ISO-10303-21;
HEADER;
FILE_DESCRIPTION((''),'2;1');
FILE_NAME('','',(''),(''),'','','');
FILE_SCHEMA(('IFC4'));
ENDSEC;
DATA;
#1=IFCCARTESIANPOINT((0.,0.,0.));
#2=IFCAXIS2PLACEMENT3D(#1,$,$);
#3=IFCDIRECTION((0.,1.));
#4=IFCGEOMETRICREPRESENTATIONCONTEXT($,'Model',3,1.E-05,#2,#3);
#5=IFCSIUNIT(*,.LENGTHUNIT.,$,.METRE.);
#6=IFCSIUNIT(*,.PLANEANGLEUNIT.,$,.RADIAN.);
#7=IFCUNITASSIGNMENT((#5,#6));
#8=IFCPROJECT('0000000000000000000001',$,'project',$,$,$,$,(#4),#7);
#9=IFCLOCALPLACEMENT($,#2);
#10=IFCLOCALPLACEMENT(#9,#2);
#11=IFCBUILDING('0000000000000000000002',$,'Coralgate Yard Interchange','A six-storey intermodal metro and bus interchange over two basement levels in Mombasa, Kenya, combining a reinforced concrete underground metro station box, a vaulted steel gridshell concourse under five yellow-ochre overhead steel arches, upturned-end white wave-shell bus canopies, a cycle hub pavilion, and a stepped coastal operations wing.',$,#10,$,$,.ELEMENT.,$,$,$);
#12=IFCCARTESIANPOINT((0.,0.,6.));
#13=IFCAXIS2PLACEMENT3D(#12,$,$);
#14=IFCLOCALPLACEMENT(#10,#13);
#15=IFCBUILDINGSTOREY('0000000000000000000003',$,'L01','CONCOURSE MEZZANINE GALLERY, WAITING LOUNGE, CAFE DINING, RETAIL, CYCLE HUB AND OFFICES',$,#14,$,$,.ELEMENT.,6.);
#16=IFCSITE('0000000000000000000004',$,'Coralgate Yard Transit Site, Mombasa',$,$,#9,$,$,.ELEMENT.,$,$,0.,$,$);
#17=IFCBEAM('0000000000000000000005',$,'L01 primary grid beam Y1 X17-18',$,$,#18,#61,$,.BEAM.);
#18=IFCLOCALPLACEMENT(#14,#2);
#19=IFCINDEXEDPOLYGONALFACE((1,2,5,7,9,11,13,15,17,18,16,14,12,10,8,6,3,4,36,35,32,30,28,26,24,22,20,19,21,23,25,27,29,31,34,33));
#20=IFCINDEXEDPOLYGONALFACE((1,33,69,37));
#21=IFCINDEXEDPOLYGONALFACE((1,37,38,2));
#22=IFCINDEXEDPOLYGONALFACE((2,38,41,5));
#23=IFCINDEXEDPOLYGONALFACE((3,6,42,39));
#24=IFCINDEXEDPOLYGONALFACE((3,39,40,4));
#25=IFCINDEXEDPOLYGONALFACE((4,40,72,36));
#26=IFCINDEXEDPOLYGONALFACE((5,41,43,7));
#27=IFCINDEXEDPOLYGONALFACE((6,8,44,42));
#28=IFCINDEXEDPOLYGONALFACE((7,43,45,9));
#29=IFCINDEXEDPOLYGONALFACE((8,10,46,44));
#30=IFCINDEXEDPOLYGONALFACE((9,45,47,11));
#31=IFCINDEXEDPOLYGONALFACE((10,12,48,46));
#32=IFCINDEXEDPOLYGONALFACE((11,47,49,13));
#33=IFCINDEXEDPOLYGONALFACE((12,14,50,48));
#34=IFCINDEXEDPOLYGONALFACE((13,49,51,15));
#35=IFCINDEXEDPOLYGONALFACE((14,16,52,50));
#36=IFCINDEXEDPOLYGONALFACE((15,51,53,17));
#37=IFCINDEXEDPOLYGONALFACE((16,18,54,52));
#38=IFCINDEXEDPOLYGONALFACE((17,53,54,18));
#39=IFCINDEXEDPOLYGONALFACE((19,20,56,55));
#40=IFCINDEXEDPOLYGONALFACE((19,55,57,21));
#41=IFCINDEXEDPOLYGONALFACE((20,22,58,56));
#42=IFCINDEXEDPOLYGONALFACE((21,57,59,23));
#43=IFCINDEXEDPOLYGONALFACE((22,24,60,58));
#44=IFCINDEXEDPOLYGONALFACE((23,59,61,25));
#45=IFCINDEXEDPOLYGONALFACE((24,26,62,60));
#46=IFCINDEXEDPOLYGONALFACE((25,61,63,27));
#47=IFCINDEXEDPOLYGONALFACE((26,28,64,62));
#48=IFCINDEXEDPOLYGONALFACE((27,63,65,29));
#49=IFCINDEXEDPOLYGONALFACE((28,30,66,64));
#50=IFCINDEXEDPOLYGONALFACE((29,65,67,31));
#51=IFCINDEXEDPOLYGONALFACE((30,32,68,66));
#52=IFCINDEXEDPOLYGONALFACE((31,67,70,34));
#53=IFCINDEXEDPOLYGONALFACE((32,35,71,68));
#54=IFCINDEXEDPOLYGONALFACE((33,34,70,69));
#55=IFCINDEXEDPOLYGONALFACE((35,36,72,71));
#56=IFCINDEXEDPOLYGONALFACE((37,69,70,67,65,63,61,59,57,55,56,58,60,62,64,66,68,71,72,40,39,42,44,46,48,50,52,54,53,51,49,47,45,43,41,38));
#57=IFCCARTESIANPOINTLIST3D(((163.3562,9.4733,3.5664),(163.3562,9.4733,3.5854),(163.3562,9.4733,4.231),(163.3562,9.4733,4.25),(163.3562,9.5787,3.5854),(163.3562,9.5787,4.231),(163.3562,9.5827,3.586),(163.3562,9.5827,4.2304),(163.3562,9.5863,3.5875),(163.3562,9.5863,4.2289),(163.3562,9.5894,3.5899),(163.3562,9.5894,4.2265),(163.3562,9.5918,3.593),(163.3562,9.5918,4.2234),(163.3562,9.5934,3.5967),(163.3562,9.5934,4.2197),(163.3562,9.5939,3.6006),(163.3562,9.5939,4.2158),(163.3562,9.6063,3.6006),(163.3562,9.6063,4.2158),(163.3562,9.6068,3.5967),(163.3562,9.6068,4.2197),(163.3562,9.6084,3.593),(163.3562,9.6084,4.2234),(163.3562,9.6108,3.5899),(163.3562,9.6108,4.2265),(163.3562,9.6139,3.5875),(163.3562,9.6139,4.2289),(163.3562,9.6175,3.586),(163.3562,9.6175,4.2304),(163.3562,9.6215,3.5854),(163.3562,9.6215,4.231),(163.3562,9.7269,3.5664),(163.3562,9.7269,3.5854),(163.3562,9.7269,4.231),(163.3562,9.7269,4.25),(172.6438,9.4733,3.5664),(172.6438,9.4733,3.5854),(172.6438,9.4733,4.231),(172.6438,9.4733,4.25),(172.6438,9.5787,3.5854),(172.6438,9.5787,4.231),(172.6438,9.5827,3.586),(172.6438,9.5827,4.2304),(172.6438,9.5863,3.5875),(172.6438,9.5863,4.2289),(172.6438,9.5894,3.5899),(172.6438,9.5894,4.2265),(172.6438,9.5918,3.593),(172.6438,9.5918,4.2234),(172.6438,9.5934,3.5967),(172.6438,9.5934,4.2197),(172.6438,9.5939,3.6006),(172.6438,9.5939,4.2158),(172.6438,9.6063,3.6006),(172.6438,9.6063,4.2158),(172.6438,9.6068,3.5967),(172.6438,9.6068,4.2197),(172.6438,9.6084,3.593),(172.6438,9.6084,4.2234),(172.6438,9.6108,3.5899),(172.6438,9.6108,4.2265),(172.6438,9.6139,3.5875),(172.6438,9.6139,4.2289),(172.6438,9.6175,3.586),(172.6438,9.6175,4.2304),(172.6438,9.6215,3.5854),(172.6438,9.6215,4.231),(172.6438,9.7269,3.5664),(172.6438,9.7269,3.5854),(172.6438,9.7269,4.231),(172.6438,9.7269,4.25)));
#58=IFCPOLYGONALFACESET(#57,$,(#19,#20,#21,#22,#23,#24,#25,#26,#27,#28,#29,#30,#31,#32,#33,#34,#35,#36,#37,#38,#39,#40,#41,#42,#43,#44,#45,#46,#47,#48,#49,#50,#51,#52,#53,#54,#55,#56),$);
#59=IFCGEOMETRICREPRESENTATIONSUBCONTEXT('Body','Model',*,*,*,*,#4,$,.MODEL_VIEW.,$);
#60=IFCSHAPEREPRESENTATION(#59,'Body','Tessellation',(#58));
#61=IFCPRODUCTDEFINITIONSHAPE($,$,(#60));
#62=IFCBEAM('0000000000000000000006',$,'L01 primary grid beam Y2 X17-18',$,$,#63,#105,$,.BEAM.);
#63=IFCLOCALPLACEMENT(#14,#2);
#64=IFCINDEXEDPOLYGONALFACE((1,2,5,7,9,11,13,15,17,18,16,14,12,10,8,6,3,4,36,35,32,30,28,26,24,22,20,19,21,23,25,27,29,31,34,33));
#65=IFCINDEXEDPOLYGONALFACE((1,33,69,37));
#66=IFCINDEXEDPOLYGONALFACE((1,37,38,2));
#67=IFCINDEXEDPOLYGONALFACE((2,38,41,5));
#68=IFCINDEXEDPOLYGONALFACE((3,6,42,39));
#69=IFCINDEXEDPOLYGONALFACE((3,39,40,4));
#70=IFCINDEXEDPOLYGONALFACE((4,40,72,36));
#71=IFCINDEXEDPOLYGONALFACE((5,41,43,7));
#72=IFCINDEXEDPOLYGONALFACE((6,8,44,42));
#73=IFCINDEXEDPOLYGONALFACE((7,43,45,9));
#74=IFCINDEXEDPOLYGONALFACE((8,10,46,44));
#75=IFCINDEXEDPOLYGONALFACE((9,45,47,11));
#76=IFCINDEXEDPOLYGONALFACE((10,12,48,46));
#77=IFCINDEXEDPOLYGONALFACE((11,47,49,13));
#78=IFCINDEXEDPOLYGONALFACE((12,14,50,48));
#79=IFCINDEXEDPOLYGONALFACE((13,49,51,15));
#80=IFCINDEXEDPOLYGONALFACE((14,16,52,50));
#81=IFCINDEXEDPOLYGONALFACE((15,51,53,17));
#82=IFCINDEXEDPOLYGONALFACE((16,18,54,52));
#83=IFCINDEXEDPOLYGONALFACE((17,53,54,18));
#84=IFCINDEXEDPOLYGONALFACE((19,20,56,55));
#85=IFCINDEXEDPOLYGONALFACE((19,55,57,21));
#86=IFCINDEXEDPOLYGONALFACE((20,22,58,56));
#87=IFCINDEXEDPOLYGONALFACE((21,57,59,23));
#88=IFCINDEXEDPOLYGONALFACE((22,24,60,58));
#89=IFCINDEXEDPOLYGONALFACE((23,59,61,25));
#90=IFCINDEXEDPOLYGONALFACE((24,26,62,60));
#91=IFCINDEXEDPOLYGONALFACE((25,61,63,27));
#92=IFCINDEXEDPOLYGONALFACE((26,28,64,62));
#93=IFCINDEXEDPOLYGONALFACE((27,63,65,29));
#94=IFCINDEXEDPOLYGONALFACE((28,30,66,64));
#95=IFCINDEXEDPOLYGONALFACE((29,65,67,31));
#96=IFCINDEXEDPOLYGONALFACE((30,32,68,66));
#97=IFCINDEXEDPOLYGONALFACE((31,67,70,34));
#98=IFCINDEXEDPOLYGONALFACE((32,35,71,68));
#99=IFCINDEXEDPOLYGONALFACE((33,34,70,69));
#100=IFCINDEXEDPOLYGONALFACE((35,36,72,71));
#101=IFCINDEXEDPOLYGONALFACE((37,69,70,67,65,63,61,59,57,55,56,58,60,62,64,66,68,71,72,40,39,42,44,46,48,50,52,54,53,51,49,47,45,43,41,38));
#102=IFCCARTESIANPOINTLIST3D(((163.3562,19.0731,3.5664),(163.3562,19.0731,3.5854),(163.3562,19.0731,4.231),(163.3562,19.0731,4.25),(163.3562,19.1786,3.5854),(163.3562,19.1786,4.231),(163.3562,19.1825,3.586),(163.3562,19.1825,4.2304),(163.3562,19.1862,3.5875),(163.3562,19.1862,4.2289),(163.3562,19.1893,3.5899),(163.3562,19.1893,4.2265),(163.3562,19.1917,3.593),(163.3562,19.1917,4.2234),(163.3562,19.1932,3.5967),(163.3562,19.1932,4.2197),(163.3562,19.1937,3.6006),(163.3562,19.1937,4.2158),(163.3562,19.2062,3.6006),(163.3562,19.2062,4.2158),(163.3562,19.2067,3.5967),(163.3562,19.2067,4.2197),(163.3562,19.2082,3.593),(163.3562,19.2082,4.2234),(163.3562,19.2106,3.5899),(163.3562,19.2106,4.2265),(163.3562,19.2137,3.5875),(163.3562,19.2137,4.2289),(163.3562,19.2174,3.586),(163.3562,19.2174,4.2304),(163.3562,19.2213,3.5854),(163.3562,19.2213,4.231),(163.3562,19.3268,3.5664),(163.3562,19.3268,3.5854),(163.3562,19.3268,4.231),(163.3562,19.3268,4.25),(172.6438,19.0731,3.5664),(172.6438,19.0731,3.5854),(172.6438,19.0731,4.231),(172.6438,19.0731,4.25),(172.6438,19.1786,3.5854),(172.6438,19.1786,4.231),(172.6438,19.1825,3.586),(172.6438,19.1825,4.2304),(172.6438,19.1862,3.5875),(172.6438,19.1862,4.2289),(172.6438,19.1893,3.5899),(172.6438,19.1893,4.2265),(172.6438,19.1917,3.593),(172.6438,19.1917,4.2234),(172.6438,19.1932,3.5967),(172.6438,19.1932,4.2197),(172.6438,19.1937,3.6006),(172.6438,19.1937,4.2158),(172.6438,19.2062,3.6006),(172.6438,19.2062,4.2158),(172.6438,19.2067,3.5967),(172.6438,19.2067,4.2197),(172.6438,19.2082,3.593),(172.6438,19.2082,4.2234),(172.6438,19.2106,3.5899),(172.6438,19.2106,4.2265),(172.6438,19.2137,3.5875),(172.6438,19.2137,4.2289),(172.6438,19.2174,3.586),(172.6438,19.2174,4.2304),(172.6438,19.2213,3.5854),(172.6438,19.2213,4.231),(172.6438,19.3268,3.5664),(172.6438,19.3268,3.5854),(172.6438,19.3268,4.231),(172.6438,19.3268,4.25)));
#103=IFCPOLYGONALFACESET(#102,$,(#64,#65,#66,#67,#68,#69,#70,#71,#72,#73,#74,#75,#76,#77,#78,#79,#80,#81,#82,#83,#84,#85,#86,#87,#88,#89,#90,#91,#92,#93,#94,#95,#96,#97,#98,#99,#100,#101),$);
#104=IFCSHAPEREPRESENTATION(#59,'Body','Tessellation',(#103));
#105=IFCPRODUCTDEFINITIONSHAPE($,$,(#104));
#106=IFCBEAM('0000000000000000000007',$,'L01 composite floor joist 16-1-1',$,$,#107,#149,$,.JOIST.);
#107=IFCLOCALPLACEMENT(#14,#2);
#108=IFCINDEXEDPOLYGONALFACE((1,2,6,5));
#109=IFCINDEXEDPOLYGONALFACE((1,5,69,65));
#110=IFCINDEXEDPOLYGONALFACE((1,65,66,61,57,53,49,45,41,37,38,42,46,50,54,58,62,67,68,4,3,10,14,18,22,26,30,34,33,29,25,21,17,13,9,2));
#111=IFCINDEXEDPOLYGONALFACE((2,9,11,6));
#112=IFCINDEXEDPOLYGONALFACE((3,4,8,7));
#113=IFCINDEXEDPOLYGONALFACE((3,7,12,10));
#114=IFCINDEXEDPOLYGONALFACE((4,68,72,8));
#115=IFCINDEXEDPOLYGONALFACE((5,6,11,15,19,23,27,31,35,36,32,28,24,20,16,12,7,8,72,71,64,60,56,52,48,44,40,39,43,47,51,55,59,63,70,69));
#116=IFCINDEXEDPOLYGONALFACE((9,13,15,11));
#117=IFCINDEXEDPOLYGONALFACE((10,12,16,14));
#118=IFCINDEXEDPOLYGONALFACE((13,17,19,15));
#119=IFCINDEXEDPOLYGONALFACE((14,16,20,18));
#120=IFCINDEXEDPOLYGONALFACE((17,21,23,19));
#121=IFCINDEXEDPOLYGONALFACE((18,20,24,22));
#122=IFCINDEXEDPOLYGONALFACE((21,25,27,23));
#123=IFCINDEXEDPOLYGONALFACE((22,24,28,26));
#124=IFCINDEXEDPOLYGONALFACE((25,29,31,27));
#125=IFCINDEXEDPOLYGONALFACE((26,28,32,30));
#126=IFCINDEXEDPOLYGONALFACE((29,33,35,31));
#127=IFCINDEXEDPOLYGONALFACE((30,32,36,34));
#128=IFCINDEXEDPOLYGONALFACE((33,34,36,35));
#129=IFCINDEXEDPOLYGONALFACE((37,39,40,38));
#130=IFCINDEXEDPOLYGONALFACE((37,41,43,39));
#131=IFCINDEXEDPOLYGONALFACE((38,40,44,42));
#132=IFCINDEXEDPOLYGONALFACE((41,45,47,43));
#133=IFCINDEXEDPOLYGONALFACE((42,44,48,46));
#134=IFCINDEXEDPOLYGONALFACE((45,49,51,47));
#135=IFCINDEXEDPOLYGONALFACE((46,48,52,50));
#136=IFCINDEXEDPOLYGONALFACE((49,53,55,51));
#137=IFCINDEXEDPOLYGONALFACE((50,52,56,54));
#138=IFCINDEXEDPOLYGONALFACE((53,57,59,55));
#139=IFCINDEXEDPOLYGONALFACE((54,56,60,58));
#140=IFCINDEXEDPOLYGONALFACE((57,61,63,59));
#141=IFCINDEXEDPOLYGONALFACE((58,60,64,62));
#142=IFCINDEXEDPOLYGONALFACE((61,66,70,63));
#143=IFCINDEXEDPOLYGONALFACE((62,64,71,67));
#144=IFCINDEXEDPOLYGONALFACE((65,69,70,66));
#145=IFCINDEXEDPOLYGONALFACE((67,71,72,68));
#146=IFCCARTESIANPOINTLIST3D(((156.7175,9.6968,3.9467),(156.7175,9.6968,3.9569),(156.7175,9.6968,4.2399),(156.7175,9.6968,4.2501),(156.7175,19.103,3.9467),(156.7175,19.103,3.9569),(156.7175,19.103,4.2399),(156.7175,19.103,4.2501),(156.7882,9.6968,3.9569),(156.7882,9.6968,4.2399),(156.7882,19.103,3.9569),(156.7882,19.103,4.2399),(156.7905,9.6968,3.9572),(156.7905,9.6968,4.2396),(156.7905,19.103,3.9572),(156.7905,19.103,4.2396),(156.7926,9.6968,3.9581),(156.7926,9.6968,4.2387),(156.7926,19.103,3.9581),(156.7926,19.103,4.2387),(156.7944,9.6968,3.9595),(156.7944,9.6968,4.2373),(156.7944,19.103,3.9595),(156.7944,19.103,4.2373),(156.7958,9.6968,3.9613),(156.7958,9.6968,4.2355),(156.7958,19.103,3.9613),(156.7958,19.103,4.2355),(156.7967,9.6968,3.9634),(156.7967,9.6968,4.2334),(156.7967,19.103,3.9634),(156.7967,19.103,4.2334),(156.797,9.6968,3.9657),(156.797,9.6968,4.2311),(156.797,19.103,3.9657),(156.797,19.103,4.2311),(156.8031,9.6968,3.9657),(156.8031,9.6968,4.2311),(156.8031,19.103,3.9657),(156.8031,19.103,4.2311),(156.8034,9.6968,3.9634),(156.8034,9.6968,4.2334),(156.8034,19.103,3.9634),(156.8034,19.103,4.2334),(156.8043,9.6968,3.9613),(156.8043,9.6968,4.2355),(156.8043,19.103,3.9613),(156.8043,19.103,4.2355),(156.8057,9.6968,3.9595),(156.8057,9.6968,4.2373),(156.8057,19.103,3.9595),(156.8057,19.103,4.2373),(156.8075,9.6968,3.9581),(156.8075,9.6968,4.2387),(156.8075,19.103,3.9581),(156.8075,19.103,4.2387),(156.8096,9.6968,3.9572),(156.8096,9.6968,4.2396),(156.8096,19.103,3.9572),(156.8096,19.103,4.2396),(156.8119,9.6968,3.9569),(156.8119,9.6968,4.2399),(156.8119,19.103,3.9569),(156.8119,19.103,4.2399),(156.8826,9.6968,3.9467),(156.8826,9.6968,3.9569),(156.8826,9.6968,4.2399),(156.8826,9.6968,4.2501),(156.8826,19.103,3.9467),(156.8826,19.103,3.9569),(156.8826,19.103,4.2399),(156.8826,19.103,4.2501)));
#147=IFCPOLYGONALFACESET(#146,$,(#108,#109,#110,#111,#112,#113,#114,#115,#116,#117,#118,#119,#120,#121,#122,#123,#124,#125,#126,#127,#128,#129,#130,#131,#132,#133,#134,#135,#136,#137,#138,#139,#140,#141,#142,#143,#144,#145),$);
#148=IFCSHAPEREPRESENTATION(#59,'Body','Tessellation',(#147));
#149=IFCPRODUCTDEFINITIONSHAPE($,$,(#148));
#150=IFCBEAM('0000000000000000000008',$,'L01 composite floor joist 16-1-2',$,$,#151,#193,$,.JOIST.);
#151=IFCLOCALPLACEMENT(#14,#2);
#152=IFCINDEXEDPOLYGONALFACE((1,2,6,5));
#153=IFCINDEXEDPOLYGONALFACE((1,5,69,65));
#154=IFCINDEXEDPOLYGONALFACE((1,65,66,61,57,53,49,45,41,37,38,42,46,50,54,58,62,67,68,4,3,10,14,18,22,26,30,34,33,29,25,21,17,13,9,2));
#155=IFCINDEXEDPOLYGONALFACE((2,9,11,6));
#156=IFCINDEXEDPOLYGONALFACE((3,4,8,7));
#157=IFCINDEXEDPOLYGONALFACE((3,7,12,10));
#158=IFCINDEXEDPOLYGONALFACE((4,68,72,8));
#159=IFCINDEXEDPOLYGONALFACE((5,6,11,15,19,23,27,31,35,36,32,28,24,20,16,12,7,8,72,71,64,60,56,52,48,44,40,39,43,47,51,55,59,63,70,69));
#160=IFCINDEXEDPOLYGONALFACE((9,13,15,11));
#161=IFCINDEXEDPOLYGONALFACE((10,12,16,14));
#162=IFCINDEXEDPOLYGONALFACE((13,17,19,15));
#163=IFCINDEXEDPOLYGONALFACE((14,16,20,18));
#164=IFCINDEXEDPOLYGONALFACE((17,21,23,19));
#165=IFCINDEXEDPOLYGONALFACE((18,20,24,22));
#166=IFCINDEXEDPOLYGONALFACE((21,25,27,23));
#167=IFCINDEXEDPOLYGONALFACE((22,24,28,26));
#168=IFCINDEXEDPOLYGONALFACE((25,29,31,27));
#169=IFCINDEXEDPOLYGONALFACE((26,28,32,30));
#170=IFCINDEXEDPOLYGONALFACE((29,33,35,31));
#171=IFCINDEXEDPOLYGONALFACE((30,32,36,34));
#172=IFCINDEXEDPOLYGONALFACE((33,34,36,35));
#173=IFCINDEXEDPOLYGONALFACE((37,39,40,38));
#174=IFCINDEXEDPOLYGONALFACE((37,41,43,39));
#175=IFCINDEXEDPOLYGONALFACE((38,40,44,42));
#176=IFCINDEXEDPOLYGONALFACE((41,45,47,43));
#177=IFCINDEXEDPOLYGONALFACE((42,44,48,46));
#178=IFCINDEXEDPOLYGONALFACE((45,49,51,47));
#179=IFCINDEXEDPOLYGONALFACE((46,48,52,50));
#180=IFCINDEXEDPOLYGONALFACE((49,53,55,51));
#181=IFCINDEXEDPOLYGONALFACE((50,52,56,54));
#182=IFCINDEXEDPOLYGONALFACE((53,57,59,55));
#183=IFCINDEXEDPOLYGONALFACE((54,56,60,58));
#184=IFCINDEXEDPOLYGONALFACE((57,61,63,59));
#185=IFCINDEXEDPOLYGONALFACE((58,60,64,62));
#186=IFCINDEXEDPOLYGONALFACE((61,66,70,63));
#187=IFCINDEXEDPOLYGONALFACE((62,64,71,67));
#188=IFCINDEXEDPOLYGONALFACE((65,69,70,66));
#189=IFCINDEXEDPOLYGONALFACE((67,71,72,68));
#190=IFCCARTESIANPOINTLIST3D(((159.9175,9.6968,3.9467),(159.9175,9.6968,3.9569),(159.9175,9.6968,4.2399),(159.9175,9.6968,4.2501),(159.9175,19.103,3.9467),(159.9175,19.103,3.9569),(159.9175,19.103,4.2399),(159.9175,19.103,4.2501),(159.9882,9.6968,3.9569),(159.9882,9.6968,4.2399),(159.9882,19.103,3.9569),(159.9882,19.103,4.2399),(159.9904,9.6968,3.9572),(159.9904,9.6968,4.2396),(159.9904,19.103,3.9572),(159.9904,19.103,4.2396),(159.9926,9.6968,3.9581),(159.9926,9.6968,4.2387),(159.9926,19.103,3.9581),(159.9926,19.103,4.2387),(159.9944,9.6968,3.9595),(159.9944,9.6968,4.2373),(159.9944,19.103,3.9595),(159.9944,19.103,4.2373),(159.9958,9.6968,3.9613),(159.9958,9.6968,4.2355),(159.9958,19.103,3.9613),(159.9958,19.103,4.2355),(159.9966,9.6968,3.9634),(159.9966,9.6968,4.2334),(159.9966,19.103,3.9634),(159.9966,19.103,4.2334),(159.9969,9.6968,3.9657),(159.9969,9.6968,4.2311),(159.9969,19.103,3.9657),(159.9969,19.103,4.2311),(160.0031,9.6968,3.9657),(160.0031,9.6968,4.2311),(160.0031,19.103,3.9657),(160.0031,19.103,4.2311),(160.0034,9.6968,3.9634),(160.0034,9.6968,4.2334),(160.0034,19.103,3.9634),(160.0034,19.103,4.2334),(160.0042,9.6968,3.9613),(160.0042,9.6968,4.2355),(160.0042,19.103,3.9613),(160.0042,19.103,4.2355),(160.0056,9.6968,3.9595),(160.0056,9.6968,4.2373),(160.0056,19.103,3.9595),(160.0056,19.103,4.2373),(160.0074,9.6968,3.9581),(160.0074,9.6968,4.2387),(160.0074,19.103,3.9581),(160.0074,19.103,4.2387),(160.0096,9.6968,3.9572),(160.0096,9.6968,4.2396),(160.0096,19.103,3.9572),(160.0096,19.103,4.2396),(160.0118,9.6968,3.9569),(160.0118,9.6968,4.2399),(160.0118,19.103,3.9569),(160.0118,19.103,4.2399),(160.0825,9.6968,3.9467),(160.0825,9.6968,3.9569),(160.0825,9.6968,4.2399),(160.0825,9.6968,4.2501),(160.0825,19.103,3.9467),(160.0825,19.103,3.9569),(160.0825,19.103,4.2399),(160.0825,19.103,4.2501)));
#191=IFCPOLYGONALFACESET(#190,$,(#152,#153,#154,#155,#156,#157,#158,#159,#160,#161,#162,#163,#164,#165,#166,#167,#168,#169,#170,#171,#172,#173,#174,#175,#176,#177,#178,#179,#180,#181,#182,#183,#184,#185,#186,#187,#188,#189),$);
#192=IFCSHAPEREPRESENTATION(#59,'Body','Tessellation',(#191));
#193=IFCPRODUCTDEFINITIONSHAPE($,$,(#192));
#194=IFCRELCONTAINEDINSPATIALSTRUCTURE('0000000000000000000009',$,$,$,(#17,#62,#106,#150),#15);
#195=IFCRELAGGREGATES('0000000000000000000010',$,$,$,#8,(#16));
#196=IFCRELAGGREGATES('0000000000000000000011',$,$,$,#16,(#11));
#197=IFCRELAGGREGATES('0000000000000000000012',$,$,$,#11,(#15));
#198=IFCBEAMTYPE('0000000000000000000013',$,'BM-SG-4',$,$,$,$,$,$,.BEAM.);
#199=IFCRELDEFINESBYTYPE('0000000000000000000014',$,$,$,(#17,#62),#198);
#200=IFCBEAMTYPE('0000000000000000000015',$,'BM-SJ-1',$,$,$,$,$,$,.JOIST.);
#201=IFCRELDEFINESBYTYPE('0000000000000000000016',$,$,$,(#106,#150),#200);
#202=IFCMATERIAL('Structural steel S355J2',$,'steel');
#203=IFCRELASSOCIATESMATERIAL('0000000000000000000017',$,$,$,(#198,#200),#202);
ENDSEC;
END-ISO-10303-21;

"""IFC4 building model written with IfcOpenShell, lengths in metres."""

from ifc_helpers import new_model, si_unit, direction, frame, origin, origin_2d, place, context, subcontext, project, spatial, i_section, extrude, material, material_profile, profile_set, type_object, element, save


model = new_model("IFC4")

# Units and contexts
model_context = context("Model", 3, precision=1e-05, world=origin(), true_north=direction((0.0, 1.0)))
body_context = subcontext(model_context, "Body", "Model", "MODEL_VIEW")
ifc_project = project(units=[si_unit("LENGTHUNIT", "METRE"), si_unit("PLANEANGLEUNIT", "RADIAN")], contexts=[model_context])

# Site, building, storey
site_placement = place(None, origin())
site = spatial("IfcSite", under=ifc_project, at=site_placement, Name="Coralgate Yard Transit Site, Mombasa", CompositionType="ELEMENT", RefElevation=0.0)
building_placement = place(site_placement, origin())
building = spatial("IfcBuilding", under=site, at=building_placement, Name="Coralgate Yard Interchange", Description="A six-storey intermodal metro and bus interchange over two basement levels in Mombasa, Kenya, combining a reinforced concrete underground metro station box, a vaulted steel gridshell concourse under five yellow-ochre overhead steel arches, upturned-end white wave-shell bus canopies, a cycle hub pavilion, and a stepped coastal operations wing.", CompositionType="ELEMENT")
storey_placement = place(building_placement, frame((0.0, 0.0, 6.0)))
storey = spatial("IfcBuildingStorey", under=building, at=storey_placement, Name="L01", Description="CONCOURSE MEZZANINE GALLERY, WAITING LOUNGE, CAFE DINING, RETAIL, CYCLE HUB AND OFFICES", CompositionType="ELEMENT", Elevation=6.0)

# Shared definitions
ifc_material_1 = material(Name="Structural steel S355J2", Category="steel")

# Beams
ifc_material_profile_1 = material_profile(ifc_material_1, i_section(OverallWidth=0.2537, OverallDepth=0.6836, WebThickness=0.0125, FlangeThickness=0.019, FilletRadius=0.0151, at=origin_2d()), Name="UB 686x254x140")
ifc_profile_set_1 = profile_set([ifc_material_profile_1], Name="Structural steel S355J2")
beam_type_1 = type_object("IfcBeamType", Name="BM-SG-4", PredefinedType="BEAM", material=ifc_profile_set_1)
for number, where, z_axis, x_axis, name in (
    (1, (163.3562, 9.6001, 3.9082), (1.0, 0.0, 0.0), (0.0, 1.0, 0.0), "L01 primary grid beam Y1 X17-18"),
    (2, (163.3562, 19.2, 3.9082), (1.0, 0.0, 0.0), (0.0, 1.0, 0.0), "L01 primary grid beam Y2 X17-18"),
):
    element("IfcBeam", number, at=place(storey_placement, frame(where, z_axis=z_axis, x_axis=x_axis)), inside=storey, type_object=beam_type_1, Name=name, PredefinedType="BEAM", context=body_context, shape_type="SweptSolid", body=[
        extrude(i_section(OverallWidth=0.2537, OverallDepth=0.6836, WebThickness=0.0125, FlangeThickness=0.019, FilletRadius=0.0151, at=origin_2d()), origin(), (0.0, 0.0, 1.0), 9.2876),
    ])
ifc_material_profile_2 = material_profile(ifc_material_1, i_section(OverallWidth=0.165, OverallDepth=0.3035, WebThickness=0.0061, FlangeThickness=0.0103, FilletRadius=0.0088, at=origin_2d()), Name="UB 305x165x40")
ifc_profile_set_2 = profile_set([ifc_material_profile_2], Name="Structural steel S355J2")
beam_type_2 = type_object("IfcBeamType", Name="BM-SJ-1", PredefinedType="JOIST", material=ifc_profile_set_2)
for number, where, z_axis, x_axis, name in (
    (3, (156.8, 9.6968, 4.0984), (0.0, 1.0, 0.0), (-1.0, 0.0, 0.0), "L01 composite floor joist 16-1-1"),
    (4, (160.0, 9.6968, 4.0984), (0.0, 1.0, 0.0), (-1.0, 0.0, 0.0), "L01 composite floor joist 16-1-2"),
):
    element("IfcBeam", number, at=place(storey_placement, frame(where, z_axis=z_axis, x_axis=x_axis)), inside=storey, type_object=beam_type_2, Name=name, PredefinedType="JOIST", context=body_context, shape_type="SweptSolid", body=[
        extrude(i_section(OverallWidth=0.165, OverallDepth=0.3035, WebThickness=0.0061, FlangeThickness=0.0103, FilletRadius=0.0088, at=origin_2d()), origin(), (0.0, 0.0, 1.0), 9.4062),
    ])

save(model, "model.ifc")
